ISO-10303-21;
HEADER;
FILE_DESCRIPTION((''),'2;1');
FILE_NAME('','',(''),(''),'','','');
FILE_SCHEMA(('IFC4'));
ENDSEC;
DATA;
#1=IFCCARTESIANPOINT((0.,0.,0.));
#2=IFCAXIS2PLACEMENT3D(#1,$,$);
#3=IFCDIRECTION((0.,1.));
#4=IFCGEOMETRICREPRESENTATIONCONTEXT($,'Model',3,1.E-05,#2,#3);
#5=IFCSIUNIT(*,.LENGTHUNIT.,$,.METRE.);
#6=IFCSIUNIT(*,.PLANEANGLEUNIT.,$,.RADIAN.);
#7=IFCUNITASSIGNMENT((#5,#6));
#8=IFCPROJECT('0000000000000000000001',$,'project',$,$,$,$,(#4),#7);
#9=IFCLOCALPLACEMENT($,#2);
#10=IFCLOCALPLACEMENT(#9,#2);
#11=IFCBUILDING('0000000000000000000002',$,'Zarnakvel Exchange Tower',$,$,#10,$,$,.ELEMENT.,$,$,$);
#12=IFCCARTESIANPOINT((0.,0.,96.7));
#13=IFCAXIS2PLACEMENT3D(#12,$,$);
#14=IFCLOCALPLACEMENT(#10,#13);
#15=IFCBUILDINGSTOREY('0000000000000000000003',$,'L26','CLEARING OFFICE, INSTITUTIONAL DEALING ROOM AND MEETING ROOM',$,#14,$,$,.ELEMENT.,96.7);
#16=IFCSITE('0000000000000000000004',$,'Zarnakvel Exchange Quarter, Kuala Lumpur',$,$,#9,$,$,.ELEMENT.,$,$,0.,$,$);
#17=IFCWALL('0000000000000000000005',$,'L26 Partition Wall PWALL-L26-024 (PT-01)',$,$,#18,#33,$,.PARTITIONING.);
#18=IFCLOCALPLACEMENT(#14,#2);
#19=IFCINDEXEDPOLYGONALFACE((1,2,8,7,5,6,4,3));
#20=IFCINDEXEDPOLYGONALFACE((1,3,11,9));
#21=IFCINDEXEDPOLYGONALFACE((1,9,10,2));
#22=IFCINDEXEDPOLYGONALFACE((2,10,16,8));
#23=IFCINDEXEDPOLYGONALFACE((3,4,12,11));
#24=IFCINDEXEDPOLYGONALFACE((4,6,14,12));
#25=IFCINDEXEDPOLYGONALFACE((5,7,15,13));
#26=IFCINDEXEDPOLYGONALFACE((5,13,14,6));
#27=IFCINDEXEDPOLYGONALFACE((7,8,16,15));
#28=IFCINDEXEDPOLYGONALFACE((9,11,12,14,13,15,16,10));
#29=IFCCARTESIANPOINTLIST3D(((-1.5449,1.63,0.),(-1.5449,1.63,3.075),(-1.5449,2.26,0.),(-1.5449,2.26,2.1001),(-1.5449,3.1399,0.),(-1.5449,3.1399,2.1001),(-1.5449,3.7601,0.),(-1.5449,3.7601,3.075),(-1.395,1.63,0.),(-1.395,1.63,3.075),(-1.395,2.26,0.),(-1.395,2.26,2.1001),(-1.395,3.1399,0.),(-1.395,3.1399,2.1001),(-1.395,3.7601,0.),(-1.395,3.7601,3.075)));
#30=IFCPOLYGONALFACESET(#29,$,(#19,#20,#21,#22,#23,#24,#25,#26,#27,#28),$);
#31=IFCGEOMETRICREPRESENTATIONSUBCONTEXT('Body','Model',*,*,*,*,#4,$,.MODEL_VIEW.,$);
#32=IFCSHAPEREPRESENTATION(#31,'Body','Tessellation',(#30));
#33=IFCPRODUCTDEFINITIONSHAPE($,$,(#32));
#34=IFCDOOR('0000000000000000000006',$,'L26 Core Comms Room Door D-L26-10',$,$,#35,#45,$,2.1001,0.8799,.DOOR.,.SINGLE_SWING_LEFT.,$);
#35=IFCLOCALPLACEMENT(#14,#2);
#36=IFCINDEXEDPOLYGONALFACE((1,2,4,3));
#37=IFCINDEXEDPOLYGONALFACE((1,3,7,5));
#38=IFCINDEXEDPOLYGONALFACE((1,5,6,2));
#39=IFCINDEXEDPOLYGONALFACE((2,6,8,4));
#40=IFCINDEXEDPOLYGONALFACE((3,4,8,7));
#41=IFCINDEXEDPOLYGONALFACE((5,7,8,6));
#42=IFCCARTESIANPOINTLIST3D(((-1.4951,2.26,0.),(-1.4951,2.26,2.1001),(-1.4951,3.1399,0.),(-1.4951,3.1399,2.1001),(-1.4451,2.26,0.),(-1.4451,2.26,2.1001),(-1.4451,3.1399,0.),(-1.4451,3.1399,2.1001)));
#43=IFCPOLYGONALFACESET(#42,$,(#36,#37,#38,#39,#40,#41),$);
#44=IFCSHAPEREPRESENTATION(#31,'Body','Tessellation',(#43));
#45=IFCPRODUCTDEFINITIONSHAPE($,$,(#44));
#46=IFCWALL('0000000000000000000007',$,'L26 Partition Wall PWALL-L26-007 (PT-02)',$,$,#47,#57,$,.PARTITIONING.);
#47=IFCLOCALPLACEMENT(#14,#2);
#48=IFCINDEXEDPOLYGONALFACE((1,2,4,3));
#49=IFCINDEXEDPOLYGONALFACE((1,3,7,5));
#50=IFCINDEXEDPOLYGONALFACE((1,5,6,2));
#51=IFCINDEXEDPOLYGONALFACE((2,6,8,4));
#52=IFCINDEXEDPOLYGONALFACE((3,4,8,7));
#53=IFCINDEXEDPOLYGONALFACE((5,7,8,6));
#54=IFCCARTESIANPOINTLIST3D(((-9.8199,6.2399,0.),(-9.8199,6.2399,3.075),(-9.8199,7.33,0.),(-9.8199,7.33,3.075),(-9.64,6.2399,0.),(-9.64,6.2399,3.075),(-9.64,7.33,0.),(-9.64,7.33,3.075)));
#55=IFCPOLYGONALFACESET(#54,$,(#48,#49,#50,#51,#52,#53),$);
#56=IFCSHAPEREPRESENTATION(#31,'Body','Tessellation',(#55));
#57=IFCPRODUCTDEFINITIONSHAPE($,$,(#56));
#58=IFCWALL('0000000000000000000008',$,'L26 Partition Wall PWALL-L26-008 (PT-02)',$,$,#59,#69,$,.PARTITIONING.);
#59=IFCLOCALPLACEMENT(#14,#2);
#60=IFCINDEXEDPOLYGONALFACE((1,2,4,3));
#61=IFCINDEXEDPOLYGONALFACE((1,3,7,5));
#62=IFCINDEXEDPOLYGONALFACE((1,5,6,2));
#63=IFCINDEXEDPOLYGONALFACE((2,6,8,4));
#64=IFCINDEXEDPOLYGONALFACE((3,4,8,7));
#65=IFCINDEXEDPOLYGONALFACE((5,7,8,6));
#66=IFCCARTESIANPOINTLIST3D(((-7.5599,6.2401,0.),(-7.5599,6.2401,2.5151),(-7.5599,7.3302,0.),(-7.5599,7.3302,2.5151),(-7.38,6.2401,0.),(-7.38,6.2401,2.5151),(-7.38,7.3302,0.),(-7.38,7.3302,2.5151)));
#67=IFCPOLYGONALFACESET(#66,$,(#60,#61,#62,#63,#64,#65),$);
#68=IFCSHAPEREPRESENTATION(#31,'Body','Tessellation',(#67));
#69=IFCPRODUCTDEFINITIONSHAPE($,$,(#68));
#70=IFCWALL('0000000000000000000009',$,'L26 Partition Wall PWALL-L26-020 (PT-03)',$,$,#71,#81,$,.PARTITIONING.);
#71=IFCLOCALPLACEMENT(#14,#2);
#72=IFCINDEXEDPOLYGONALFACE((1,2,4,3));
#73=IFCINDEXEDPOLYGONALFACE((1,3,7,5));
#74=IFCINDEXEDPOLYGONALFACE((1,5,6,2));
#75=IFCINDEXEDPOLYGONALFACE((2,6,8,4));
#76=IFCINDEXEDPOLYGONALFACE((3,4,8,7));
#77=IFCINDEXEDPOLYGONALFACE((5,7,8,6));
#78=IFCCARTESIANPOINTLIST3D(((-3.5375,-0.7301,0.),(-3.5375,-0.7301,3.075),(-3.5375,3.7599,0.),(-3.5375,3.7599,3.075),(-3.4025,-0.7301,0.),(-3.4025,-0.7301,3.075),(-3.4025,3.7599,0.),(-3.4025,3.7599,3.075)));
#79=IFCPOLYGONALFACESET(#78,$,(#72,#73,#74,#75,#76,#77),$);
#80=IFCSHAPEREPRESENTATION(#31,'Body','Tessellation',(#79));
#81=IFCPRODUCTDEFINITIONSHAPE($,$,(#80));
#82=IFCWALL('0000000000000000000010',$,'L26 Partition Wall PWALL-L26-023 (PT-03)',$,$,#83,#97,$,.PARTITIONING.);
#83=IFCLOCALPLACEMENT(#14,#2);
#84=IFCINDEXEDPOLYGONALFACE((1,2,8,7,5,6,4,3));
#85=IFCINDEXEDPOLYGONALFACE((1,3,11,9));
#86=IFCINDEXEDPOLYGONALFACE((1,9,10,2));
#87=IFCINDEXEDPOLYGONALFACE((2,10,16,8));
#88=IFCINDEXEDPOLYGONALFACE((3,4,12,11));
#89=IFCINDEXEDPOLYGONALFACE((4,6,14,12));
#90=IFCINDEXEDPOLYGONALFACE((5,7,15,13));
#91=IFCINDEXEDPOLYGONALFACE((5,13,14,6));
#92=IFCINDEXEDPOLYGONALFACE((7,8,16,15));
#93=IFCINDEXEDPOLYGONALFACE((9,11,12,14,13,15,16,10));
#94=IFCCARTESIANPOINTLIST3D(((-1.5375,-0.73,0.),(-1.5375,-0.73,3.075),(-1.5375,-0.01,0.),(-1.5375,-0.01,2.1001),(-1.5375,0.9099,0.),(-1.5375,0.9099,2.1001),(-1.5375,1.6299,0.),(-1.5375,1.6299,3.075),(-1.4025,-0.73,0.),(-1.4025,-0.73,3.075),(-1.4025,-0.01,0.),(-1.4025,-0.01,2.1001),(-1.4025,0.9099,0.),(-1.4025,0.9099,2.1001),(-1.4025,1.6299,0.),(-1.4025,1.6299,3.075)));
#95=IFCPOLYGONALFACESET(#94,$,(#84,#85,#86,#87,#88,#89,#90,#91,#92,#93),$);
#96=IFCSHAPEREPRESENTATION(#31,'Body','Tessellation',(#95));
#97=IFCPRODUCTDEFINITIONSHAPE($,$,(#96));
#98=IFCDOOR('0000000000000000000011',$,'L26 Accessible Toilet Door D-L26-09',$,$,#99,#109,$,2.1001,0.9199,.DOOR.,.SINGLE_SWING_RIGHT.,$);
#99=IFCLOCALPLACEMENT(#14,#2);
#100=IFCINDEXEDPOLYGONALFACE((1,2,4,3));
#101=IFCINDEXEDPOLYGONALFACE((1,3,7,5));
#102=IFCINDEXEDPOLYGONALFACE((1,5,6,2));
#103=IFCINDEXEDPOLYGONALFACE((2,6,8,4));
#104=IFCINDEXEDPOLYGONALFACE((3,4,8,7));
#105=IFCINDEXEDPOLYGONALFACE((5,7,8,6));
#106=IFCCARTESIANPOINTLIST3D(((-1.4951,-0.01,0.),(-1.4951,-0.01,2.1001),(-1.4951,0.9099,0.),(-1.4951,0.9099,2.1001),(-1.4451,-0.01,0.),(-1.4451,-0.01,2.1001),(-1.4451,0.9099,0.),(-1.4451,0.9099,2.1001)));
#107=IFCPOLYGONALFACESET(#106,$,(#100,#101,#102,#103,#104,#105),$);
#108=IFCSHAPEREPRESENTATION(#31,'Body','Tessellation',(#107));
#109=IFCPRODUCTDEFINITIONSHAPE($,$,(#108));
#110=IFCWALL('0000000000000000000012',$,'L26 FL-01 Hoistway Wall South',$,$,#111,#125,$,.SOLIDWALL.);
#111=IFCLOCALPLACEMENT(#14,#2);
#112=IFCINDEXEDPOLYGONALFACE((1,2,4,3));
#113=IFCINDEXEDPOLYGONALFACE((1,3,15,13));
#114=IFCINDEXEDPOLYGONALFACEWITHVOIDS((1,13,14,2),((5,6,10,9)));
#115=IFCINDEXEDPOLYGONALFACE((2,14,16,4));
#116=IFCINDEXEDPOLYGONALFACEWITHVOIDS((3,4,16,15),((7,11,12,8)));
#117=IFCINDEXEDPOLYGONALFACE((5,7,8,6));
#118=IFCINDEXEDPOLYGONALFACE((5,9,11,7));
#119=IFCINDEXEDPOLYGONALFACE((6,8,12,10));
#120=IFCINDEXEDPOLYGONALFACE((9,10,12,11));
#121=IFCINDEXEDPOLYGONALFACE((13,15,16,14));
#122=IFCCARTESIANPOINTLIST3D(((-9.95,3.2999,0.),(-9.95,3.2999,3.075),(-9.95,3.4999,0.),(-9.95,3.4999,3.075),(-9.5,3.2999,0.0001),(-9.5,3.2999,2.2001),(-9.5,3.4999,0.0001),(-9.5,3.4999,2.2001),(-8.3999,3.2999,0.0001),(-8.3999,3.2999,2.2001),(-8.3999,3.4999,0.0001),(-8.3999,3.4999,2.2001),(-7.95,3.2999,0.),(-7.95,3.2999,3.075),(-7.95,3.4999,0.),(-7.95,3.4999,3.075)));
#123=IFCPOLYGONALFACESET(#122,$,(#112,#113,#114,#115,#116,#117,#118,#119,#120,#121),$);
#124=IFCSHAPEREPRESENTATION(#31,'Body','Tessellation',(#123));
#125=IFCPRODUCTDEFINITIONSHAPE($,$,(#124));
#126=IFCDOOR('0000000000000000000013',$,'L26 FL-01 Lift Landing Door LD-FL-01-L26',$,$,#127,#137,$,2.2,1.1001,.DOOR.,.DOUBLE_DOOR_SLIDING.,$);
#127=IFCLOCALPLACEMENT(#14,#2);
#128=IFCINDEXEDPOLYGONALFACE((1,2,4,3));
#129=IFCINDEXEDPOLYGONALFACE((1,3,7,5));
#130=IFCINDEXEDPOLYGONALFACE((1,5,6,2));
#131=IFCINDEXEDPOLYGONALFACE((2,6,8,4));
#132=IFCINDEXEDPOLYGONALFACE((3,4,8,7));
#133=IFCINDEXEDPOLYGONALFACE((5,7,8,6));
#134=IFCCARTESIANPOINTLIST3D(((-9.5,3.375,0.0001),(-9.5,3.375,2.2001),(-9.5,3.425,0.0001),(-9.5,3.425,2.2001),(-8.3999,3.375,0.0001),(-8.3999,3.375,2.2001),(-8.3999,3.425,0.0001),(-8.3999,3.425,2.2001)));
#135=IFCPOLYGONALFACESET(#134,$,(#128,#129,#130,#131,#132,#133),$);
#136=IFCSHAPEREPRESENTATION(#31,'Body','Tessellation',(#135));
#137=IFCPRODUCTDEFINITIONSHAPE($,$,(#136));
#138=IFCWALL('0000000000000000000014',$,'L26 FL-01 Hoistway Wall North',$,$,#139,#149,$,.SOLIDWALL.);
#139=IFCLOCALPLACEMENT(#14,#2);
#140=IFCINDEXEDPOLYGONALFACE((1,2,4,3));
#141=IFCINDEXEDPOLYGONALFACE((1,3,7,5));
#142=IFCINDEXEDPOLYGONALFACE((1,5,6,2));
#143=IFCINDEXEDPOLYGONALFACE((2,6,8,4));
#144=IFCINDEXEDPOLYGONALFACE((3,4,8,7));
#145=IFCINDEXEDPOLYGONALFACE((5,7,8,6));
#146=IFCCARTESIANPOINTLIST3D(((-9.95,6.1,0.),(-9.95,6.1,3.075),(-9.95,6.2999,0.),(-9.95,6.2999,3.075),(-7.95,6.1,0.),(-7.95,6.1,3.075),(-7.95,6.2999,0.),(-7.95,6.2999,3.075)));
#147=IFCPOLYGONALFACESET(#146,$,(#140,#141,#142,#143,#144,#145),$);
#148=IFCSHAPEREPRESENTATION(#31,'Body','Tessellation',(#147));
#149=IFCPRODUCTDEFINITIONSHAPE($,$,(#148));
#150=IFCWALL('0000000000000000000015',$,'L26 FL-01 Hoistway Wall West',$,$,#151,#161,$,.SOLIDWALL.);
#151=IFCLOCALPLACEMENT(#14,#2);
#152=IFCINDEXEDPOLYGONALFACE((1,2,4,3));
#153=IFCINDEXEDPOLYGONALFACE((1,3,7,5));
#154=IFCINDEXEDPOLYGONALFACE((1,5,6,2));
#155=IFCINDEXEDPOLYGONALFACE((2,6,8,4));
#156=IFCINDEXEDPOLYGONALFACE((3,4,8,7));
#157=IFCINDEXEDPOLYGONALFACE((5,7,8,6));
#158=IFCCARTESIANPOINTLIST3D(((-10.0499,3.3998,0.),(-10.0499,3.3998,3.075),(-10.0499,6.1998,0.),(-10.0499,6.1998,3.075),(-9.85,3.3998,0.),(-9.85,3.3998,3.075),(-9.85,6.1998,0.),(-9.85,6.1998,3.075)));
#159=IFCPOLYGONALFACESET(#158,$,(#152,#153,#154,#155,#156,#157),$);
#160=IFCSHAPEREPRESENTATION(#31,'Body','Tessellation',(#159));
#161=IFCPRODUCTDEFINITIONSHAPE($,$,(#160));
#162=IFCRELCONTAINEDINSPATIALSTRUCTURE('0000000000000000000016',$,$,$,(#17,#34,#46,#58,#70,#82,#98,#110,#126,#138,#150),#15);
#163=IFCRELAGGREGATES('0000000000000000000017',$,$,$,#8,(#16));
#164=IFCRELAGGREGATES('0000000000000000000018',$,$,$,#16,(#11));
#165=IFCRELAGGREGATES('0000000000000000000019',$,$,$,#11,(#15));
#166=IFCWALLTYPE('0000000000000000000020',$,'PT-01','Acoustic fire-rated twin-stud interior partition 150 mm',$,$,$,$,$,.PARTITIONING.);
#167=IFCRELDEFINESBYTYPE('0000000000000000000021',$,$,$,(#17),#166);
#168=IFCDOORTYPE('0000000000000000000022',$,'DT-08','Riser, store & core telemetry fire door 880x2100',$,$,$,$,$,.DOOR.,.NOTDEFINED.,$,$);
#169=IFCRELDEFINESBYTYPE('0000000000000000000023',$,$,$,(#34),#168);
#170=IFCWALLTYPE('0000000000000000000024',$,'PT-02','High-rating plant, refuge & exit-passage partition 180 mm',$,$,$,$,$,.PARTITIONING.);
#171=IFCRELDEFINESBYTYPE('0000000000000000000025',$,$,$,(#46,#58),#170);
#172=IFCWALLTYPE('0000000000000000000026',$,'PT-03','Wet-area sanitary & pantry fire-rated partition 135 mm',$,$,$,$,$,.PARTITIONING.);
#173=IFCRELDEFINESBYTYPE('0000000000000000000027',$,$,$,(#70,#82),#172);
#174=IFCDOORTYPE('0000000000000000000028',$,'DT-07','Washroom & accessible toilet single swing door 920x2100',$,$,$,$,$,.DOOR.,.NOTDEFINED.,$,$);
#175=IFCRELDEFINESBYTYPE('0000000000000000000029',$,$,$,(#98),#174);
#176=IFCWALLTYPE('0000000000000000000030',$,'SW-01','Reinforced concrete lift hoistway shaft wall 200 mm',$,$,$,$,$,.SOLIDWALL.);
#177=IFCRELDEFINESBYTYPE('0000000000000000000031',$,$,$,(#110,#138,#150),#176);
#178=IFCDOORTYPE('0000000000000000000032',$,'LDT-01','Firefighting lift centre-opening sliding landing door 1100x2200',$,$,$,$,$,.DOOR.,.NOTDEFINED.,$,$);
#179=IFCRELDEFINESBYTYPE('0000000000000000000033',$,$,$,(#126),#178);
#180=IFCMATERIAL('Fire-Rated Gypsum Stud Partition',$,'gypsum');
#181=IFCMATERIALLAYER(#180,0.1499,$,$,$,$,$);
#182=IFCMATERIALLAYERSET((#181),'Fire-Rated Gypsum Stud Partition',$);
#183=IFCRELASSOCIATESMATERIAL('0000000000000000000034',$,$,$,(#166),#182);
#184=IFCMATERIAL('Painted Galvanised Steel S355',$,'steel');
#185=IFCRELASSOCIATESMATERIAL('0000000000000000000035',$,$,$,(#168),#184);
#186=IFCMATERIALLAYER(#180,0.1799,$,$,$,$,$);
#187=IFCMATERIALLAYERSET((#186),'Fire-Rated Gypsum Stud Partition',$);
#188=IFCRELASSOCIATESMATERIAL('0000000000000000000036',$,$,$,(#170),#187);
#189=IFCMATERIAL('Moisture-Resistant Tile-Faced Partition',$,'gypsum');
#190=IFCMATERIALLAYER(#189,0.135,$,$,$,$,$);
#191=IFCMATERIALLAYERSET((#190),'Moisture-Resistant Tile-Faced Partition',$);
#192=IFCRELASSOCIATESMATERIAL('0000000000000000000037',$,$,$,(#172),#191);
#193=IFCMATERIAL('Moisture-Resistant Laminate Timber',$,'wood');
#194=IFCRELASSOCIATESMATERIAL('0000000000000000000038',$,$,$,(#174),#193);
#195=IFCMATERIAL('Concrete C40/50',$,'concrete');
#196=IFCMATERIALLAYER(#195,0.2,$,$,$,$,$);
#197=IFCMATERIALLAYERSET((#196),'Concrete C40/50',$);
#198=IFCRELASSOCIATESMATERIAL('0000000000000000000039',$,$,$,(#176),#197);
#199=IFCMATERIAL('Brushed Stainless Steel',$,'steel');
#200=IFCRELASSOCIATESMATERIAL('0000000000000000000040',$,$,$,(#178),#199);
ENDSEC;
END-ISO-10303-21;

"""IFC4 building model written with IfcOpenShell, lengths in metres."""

from ifc_helpers import new_model, si_unit, direction, frame, frame_2d, origin, place, context, subcontext, project, spatial, rectangle, extrude, source, transform, mapped, material, layer, layer_set, type_object, element, fill, save


model = new_model("IFC4")

# Units and contexts
model_context = context("Model", 3, precision=1e-05, world=origin(), true_north=direction((0.0, 1.0)))
body_context = subcontext(model_context, "Body", "Model", "MODEL_VIEW")
ifc_project = project(units=[si_unit("LENGTHUNIT", "METRE"), si_unit("PLANEANGLEUNIT", "RADIAN")], contexts=[model_context])

# Site, building, storey
site_placement = place(None, origin())
site = spatial("IfcSite", under=ifc_project, at=site_placement, Name="Zarnakvel Exchange Quarter, Kuala Lumpur", CompositionType="ELEMENT", RefElevation=0.0)
building_placement = place(site_placement, origin())
building = spatial("IfcBuilding", under=site, at=building_placement, Name="Zarnakvel Exchange Tower", CompositionType="ELEMENT")
storey_placement = place(building_placement, frame((0.0, 0.0, 96.7)))
storey = spatial("IfcBuildingStorey", under=building, at=storey_placement, Name="L26", Description="CLEARING OFFICE, INSTITUTIONAL DEALING ROOM AND MEETING ROOM", CompositionType="ELEMENT", Elevation=96.7)

# Wall, opening, door
ifc_material_1 = material(Name="Fire-Rated Gypsum Stud Partition", Category="gypsum")
ifc_layer_1 = layer(ifc_material_1, 0.1499)
ifc_layer_set_1 = layer_set([ifc_layer_1], Name="Fire-Rated Gypsum Stud Partition")
wall_type_1 = type_object("IfcWallType", Name="PT-01", Description="Acoustic fire-rated twin-stud interior partition 150 mm", PredefinedType="PARTITIONING", material=ifc_layer_set_1)
wall_1_placement = place(storey_placement, frame((-1.47, 3.76, 0.0), z_axis=(0.0, 0.0, 1.0), x_axis=(0.0, -1.0, 0.0)))
wall_1 = element("IfcWall", 1, at=wall_1_placement, inside=storey, type_object=wall_type_1, Name="L26 Partition Wall PWALL-L26-024 (PT-01)", PredefinedType="PARTITIONING", context=body_context, shape_type="SweptSolid", body=[
    extrude(rectangle(XDim=2.1301, YDim=0.1499, at=frame_2d((1.0649, 0.0))), origin(), (0.0, 0.0, 1.0), 3.075),
])
opening_1_placement = place(wall_1_placement, frame((0.6201, 0.0, 0.0)))
opening_1 = element("IfcOpeningElement", 2, at=opening_1_placement, cuts=wall_1, PredefinedType="OPENING", context=body_context, shape_type="SweptSolid", body=[
    extrude(rectangle(XDim=0.8799, YDim=2.1001, at=frame_2d((0.4399, 1.05))), frame((0.0, 0.085, 0.0), z_axis=(0.0, -1.0, 0.0), x_axis=(1.0, 0.0, 0.0)), (0.0, 0.0, 1.0), 0.1699),
])
ifc_material_2 = material(Name="Painted Galvanised Steel S355", Category="steel")
door_type_1 = type_object("IfcDoorType", Name="DT-08", Description="Riser, store & core telemetry fire door 880x2100", OperationType="NOTDEFINED", PredefinedType="DOOR", material=ifc_material_2)
shared_shape_1 = source(origin(), body_context, "Body", "SweptSolid", [
    extrude(rectangle(XDim=0.8799, YDim=2.1001, at=frame_2d((0.4399, 1.05))), frame((0.0, 0.0249, 0.0), z_axis=(0.0, -1.0, 0.0), x_axis=(1.0, 0.0, 0.0)), (0.0, 0.0, 1.0), 0.05),
])
door_1_placement = place(opening_1_placement, origin())
door_1 = element("IfcDoor", 3, at=door_1_placement, inside=storey, type_object=door_type_1, Name="L26 Core Comms Room Door D-L26-10", OperationType="SINGLE_SWING_LEFT", OverallHeight=2.1001, OverallWidth=0.8799, PredefinedType="DOOR", context=body_context, shape_type="MappedRepresentation", body=[
    mapped(shared_shape_1, transform((0.0, 0.0, 0.0), x_axis=(1.0, 0.0, 0.0), y_axis=(0.0, 1.0, 0.0), z_axis=(0.0, 0.0, 1.0), scale=1.0)),
])
fill(opening_1, door_1)

# Walls
ifc_layer_2 = layer(ifc_material_1, 0.1799)
ifc_layer_set_2 = layer_set([ifc_layer_2], Name="Fire-Rated Gypsum Stud Partition")
wall_type_2 = type_object("IfcWallType", Name="PT-02", Description="High-rating plant, refuge & exit-passage partition 180 mm", PredefinedType="PARTITIONING", material=ifc_layer_set_2)
wall_2_placement = place(storey_placement, frame((-9.73, 6.24, 0.0), z_axis=(0.0, 0.0, 1.0), x_axis=(0.0, 1.0, 0.0)))
element("IfcWall", 4, at=wall_2_placement, inside=storey, type_object=wall_type_2, Name="L26 Partition Wall PWALL-L26-007 (PT-02)", PredefinedType="PARTITIONING", context=body_context, shape_type="SweptSolid", body=[
    extrude(rectangle(XDim=1.0901, YDim=0.1799, at=frame_2d((0.5449, 0.0))), origin(), (0.0, 0.0, 1.0), 3.075),
])
wall_3_placement = place(storey_placement, frame((-7.47, 7.3301, 0.0), z_axis=(0.0, 0.0, 1.0), x_axis=(0.0, -1.0, 0.0)))
element("IfcWall", 5, at=wall_3_placement, inside=storey, type_object=wall_type_2, Name="L26 Partition Wall PWALL-L26-008 (PT-02)", PredefinedType="PARTITIONING", context=body_context, shape_type="SweptSolid", body=[
    extrude(rectangle(XDim=1.0901, YDim=0.1799, at=frame_2d((0.5449, 0.0))), origin(), (0.0, 0.0, 1.0), 2.5151),
])
ifc_material_3 = material(Name="Moisture-Resistant Tile-Faced Partition", Category="gypsum")
ifc_layer_3 = layer(ifc_material_3, 0.135)
ifc_layer_set_3 = layer_set([ifc_layer_3], Name="Moisture-Resistant Tile-Faced Partition")
wall_type_3 = type_object("IfcWallType", Name="PT-03", Description="Wet-area sanitary & pantry fire-rated partition 135 mm", PredefinedType="PARTITIONING", material=ifc_layer_set_3)
wall_4_placement = place(storey_placement, frame((-3.47, 3.76, 0.0), z_axis=(0.0, 0.0, 1.0), x_axis=(0.0, -1.0, 0.0)))
element("IfcWall", 6, at=wall_4_placement, inside=storey, type_object=wall_type_3, Name="L26 Partition Wall PWALL-L26-020 (PT-03)", PredefinedType="PARTITIONING", context=body_context, shape_type="SweptSolid", body=[
    extrude(rectangle(XDim=4.49, YDim=0.135, at=frame_2d((2.2451, 0.0))), origin(), (0.0, 0.0, 1.0), 3.075),
])

# Walls, openings, doors
wall_5_placement = place(storey_placement, frame((-1.47, 1.6299, 0.0), z_axis=(0.0, 0.0, 1.0), x_axis=(0.0, -1.0, 0.0)))
wall_5 = element("IfcWall", 7, at=wall_5_placement, inside=storey, type_object=wall_type_3, Name="L26 Partition Wall PWALL-L26-023 (PT-03)", PredefinedType="PARTITIONING", context=body_context, shape_type="SweptSolid", body=[
    extrude(rectangle(XDim=2.3599, YDim=0.135, at=frame_2d((1.1799, 0.0))), origin(), (0.0, 0.0, 1.0), 3.075),
])
opening_2_placement = place(wall_5_placement, frame((0.72, 0.0, 0.0)))
opening_2 = element("IfcOpeningElement", 8, at=opening_2_placement, cuts=wall_5, PredefinedType="OPENING", context=body_context, shape_type="SweptSolid", body=[
    extrude(rectangle(XDim=0.9199, YDim=2.1001, at=frame_2d((0.46, 1.05))), frame((0.0, 0.0774, 0.0), z_axis=(0.0, -1.0, 0.0), x_axis=(1.0, 0.0, 0.0)), (0.0, 0.0, 1.0), 0.155),
])
ifc_material_4 = material(Name="Moisture-Resistant Laminate Timber", Category="wood")
door_type_2 = type_object("IfcDoorType", Name="DT-07", Description="Washroom & accessible toilet single swing door 920x2100", OperationType="NOTDEFINED", PredefinedType="DOOR", material=ifc_material_4)
shared_shape_2 = source(origin(), body_context, "Body", "SweptSolid", [
    extrude(rectangle(XDim=0.9199, YDim=2.1001, at=frame_2d((0.46, 1.05))), frame((0.0, 0.0249, 0.0), z_axis=(0.0, -1.0, 0.0), x_axis=(1.0, 0.0, 0.0)), (0.0, 0.0, 1.0), 0.05),
])
door_2_placement = place(opening_2_placement, origin())
door_2 = element("IfcDoor", 9, at=door_2_placement, inside=storey, type_object=door_type_2, Name="L26 Accessible Toilet Door D-L26-09", OperationType="SINGLE_SWING_RIGHT", OverallHeight=2.1001, OverallWidth=0.9199, PredefinedType="DOOR", context=body_context, shape_type="MappedRepresentation", body=[
    mapped(shared_shape_2, transform((0.0, 0.0, 0.0), x_axis=(1.0, 0.0, 0.0), y_axis=(0.0, 1.0, 0.0), z_axis=(0.0, 0.0, 1.0), scale=1.0)),
])
fill(opening_2, door_2)
ifc_material_5 = material(Name="Concrete C40/50", Category="concrete")
ifc_layer_4 = layer(ifc_material_5, 0.2)
ifc_layer_set_4 = layer_set([ifc_layer_4], Name="Concrete C40/50")
wall_type_4 = type_object("IfcWallType", Name="SW-01", Description="Reinforced concrete lift hoistway shaft wall 200 mm", PredefinedType="SOLIDWALL", material=ifc_layer_set_4)
wall_6_placement = place(storey_placement, frame((-7.95, 3.3999, 0.0), z_axis=(0.0, 0.0, 1.0), x_axis=(-1.0, 0.0, 0.0)))
wall_6 = element("IfcWall", 10, at=wall_6_placement, inside=storey, type_object=wall_type_4, Name="L26 FL-01 Hoistway Wall South", PredefinedType="SOLIDWALL", context=body_context, shape_type="SweptSolid", body=[
    extrude(rectangle(XDim=2.0, YDim=0.2, at=frame_2d((1.0, 0.0))), origin(), (0.0, 0.0, 1.0), 3.075),
])
opening_3_placement = place(wall_6_placement, frame((0.45, 0.0, 0.0)))
opening_3 = element("IfcOpeningElement", 11, at=opening_3_placement, cuts=wall_6, PredefinedType="OPENING", context=body_context, shape_type="SweptSolid", body=[
    extrude(rectangle(XDim=1.1001, YDim=2.2, at=frame_2d((0.55, 1.1001))), frame((0.0, 0.1099, 0.0), z_axis=(0.0, -1.0, 0.0), x_axis=(1.0, 0.0, 0.0)), (0.0, 0.0, 1.0), 0.22),
])
ifc_material_6 = material(Name="Brushed Stainless Steel", Category="steel")
door_type_3 = type_object("IfcDoorType", Name="LDT-01", Description="Firefighting lift centre-opening sliding landing door 1100x2200", OperationType="NOTDEFINED", PredefinedType="DOOR", material=ifc_material_6)
shared_shape_3 = source(origin(), body_context, "Body", "SweptSolid", [
    extrude(rectangle(XDim=1.1001, YDim=2.2, at=frame_2d((0.55, 1.1001))), frame((0.0, 0.0249, 0.0), z_axis=(0.0, -1.0, 0.0), x_axis=(1.0, 0.0, 0.0)), (0.0, 0.0, 1.0), 0.05),
])
door_3_placement = place(opening_3_placement, origin())
door_3 = element("IfcDoor", 12, at=door_3_placement, inside=storey, type_object=door_type_3, Name="L26 FL-01 Lift Landing Door LD-FL-01-L26", OperationType="DOUBLE_DOOR_SLIDING", OverallHeight=2.2, OverallWidth=1.1001, PredefinedType="DOOR", context=body_context, shape_type="MappedRepresentation", body=[
    mapped(shared_shape_3, transform((0.0, 0.0, 0.0), x_axis=(1.0, 0.0, 0.0), y_axis=(0.0, 1.0, 0.0), z_axis=(0.0, 0.0, 1.0), scale=1.0)),
])
fill(opening_3, door_3)

# Walls
wall_7_placement = place(storey_placement, frame((-9.95, 6.2, 0.0), z_axis=(0.0, 0.0, 1.0), x_axis=(1.0, 0.0, 0.0)))
element("IfcWall", 13, at=wall_7_placement, inside=storey, type_object=wall_type_4, Name="L26 FL-01 Hoistway Wall North", PredefinedType="SOLIDWALL", context=body_context, shape_type="SweptSolid", body=[
    extrude(rectangle(XDim=2.0, YDim=0.2, at=frame_2d((1.0, 0.0))), origin(), (0.0, 0.0, 1.0), 3.075),
])
for number, where, z_axis, x_axis, name in (
    (14, (-9.95, 3.3999, 0.0), (0.0, 0.0, 1.0), (0.0, 1.0, 0.0), "L26 FL-01 Hoistway Wall West"),
):
    element("IfcWall", number, at=place(storey_placement, frame(where, z_axis=z_axis, x_axis=x_axis)), inside=storey, type_object=wall_type_4, Name=name, PredefinedType="SOLIDWALL", context=body_context, shape_type="SweptSolid", body=[
        extrude(rectangle(XDim=2.8, YDim=0.2, at=frame_2d((1.3999, 0.0))), origin(), (0.0, 0.0, 1.0), 3.075),
    ])

save(model, "model.ifc")
